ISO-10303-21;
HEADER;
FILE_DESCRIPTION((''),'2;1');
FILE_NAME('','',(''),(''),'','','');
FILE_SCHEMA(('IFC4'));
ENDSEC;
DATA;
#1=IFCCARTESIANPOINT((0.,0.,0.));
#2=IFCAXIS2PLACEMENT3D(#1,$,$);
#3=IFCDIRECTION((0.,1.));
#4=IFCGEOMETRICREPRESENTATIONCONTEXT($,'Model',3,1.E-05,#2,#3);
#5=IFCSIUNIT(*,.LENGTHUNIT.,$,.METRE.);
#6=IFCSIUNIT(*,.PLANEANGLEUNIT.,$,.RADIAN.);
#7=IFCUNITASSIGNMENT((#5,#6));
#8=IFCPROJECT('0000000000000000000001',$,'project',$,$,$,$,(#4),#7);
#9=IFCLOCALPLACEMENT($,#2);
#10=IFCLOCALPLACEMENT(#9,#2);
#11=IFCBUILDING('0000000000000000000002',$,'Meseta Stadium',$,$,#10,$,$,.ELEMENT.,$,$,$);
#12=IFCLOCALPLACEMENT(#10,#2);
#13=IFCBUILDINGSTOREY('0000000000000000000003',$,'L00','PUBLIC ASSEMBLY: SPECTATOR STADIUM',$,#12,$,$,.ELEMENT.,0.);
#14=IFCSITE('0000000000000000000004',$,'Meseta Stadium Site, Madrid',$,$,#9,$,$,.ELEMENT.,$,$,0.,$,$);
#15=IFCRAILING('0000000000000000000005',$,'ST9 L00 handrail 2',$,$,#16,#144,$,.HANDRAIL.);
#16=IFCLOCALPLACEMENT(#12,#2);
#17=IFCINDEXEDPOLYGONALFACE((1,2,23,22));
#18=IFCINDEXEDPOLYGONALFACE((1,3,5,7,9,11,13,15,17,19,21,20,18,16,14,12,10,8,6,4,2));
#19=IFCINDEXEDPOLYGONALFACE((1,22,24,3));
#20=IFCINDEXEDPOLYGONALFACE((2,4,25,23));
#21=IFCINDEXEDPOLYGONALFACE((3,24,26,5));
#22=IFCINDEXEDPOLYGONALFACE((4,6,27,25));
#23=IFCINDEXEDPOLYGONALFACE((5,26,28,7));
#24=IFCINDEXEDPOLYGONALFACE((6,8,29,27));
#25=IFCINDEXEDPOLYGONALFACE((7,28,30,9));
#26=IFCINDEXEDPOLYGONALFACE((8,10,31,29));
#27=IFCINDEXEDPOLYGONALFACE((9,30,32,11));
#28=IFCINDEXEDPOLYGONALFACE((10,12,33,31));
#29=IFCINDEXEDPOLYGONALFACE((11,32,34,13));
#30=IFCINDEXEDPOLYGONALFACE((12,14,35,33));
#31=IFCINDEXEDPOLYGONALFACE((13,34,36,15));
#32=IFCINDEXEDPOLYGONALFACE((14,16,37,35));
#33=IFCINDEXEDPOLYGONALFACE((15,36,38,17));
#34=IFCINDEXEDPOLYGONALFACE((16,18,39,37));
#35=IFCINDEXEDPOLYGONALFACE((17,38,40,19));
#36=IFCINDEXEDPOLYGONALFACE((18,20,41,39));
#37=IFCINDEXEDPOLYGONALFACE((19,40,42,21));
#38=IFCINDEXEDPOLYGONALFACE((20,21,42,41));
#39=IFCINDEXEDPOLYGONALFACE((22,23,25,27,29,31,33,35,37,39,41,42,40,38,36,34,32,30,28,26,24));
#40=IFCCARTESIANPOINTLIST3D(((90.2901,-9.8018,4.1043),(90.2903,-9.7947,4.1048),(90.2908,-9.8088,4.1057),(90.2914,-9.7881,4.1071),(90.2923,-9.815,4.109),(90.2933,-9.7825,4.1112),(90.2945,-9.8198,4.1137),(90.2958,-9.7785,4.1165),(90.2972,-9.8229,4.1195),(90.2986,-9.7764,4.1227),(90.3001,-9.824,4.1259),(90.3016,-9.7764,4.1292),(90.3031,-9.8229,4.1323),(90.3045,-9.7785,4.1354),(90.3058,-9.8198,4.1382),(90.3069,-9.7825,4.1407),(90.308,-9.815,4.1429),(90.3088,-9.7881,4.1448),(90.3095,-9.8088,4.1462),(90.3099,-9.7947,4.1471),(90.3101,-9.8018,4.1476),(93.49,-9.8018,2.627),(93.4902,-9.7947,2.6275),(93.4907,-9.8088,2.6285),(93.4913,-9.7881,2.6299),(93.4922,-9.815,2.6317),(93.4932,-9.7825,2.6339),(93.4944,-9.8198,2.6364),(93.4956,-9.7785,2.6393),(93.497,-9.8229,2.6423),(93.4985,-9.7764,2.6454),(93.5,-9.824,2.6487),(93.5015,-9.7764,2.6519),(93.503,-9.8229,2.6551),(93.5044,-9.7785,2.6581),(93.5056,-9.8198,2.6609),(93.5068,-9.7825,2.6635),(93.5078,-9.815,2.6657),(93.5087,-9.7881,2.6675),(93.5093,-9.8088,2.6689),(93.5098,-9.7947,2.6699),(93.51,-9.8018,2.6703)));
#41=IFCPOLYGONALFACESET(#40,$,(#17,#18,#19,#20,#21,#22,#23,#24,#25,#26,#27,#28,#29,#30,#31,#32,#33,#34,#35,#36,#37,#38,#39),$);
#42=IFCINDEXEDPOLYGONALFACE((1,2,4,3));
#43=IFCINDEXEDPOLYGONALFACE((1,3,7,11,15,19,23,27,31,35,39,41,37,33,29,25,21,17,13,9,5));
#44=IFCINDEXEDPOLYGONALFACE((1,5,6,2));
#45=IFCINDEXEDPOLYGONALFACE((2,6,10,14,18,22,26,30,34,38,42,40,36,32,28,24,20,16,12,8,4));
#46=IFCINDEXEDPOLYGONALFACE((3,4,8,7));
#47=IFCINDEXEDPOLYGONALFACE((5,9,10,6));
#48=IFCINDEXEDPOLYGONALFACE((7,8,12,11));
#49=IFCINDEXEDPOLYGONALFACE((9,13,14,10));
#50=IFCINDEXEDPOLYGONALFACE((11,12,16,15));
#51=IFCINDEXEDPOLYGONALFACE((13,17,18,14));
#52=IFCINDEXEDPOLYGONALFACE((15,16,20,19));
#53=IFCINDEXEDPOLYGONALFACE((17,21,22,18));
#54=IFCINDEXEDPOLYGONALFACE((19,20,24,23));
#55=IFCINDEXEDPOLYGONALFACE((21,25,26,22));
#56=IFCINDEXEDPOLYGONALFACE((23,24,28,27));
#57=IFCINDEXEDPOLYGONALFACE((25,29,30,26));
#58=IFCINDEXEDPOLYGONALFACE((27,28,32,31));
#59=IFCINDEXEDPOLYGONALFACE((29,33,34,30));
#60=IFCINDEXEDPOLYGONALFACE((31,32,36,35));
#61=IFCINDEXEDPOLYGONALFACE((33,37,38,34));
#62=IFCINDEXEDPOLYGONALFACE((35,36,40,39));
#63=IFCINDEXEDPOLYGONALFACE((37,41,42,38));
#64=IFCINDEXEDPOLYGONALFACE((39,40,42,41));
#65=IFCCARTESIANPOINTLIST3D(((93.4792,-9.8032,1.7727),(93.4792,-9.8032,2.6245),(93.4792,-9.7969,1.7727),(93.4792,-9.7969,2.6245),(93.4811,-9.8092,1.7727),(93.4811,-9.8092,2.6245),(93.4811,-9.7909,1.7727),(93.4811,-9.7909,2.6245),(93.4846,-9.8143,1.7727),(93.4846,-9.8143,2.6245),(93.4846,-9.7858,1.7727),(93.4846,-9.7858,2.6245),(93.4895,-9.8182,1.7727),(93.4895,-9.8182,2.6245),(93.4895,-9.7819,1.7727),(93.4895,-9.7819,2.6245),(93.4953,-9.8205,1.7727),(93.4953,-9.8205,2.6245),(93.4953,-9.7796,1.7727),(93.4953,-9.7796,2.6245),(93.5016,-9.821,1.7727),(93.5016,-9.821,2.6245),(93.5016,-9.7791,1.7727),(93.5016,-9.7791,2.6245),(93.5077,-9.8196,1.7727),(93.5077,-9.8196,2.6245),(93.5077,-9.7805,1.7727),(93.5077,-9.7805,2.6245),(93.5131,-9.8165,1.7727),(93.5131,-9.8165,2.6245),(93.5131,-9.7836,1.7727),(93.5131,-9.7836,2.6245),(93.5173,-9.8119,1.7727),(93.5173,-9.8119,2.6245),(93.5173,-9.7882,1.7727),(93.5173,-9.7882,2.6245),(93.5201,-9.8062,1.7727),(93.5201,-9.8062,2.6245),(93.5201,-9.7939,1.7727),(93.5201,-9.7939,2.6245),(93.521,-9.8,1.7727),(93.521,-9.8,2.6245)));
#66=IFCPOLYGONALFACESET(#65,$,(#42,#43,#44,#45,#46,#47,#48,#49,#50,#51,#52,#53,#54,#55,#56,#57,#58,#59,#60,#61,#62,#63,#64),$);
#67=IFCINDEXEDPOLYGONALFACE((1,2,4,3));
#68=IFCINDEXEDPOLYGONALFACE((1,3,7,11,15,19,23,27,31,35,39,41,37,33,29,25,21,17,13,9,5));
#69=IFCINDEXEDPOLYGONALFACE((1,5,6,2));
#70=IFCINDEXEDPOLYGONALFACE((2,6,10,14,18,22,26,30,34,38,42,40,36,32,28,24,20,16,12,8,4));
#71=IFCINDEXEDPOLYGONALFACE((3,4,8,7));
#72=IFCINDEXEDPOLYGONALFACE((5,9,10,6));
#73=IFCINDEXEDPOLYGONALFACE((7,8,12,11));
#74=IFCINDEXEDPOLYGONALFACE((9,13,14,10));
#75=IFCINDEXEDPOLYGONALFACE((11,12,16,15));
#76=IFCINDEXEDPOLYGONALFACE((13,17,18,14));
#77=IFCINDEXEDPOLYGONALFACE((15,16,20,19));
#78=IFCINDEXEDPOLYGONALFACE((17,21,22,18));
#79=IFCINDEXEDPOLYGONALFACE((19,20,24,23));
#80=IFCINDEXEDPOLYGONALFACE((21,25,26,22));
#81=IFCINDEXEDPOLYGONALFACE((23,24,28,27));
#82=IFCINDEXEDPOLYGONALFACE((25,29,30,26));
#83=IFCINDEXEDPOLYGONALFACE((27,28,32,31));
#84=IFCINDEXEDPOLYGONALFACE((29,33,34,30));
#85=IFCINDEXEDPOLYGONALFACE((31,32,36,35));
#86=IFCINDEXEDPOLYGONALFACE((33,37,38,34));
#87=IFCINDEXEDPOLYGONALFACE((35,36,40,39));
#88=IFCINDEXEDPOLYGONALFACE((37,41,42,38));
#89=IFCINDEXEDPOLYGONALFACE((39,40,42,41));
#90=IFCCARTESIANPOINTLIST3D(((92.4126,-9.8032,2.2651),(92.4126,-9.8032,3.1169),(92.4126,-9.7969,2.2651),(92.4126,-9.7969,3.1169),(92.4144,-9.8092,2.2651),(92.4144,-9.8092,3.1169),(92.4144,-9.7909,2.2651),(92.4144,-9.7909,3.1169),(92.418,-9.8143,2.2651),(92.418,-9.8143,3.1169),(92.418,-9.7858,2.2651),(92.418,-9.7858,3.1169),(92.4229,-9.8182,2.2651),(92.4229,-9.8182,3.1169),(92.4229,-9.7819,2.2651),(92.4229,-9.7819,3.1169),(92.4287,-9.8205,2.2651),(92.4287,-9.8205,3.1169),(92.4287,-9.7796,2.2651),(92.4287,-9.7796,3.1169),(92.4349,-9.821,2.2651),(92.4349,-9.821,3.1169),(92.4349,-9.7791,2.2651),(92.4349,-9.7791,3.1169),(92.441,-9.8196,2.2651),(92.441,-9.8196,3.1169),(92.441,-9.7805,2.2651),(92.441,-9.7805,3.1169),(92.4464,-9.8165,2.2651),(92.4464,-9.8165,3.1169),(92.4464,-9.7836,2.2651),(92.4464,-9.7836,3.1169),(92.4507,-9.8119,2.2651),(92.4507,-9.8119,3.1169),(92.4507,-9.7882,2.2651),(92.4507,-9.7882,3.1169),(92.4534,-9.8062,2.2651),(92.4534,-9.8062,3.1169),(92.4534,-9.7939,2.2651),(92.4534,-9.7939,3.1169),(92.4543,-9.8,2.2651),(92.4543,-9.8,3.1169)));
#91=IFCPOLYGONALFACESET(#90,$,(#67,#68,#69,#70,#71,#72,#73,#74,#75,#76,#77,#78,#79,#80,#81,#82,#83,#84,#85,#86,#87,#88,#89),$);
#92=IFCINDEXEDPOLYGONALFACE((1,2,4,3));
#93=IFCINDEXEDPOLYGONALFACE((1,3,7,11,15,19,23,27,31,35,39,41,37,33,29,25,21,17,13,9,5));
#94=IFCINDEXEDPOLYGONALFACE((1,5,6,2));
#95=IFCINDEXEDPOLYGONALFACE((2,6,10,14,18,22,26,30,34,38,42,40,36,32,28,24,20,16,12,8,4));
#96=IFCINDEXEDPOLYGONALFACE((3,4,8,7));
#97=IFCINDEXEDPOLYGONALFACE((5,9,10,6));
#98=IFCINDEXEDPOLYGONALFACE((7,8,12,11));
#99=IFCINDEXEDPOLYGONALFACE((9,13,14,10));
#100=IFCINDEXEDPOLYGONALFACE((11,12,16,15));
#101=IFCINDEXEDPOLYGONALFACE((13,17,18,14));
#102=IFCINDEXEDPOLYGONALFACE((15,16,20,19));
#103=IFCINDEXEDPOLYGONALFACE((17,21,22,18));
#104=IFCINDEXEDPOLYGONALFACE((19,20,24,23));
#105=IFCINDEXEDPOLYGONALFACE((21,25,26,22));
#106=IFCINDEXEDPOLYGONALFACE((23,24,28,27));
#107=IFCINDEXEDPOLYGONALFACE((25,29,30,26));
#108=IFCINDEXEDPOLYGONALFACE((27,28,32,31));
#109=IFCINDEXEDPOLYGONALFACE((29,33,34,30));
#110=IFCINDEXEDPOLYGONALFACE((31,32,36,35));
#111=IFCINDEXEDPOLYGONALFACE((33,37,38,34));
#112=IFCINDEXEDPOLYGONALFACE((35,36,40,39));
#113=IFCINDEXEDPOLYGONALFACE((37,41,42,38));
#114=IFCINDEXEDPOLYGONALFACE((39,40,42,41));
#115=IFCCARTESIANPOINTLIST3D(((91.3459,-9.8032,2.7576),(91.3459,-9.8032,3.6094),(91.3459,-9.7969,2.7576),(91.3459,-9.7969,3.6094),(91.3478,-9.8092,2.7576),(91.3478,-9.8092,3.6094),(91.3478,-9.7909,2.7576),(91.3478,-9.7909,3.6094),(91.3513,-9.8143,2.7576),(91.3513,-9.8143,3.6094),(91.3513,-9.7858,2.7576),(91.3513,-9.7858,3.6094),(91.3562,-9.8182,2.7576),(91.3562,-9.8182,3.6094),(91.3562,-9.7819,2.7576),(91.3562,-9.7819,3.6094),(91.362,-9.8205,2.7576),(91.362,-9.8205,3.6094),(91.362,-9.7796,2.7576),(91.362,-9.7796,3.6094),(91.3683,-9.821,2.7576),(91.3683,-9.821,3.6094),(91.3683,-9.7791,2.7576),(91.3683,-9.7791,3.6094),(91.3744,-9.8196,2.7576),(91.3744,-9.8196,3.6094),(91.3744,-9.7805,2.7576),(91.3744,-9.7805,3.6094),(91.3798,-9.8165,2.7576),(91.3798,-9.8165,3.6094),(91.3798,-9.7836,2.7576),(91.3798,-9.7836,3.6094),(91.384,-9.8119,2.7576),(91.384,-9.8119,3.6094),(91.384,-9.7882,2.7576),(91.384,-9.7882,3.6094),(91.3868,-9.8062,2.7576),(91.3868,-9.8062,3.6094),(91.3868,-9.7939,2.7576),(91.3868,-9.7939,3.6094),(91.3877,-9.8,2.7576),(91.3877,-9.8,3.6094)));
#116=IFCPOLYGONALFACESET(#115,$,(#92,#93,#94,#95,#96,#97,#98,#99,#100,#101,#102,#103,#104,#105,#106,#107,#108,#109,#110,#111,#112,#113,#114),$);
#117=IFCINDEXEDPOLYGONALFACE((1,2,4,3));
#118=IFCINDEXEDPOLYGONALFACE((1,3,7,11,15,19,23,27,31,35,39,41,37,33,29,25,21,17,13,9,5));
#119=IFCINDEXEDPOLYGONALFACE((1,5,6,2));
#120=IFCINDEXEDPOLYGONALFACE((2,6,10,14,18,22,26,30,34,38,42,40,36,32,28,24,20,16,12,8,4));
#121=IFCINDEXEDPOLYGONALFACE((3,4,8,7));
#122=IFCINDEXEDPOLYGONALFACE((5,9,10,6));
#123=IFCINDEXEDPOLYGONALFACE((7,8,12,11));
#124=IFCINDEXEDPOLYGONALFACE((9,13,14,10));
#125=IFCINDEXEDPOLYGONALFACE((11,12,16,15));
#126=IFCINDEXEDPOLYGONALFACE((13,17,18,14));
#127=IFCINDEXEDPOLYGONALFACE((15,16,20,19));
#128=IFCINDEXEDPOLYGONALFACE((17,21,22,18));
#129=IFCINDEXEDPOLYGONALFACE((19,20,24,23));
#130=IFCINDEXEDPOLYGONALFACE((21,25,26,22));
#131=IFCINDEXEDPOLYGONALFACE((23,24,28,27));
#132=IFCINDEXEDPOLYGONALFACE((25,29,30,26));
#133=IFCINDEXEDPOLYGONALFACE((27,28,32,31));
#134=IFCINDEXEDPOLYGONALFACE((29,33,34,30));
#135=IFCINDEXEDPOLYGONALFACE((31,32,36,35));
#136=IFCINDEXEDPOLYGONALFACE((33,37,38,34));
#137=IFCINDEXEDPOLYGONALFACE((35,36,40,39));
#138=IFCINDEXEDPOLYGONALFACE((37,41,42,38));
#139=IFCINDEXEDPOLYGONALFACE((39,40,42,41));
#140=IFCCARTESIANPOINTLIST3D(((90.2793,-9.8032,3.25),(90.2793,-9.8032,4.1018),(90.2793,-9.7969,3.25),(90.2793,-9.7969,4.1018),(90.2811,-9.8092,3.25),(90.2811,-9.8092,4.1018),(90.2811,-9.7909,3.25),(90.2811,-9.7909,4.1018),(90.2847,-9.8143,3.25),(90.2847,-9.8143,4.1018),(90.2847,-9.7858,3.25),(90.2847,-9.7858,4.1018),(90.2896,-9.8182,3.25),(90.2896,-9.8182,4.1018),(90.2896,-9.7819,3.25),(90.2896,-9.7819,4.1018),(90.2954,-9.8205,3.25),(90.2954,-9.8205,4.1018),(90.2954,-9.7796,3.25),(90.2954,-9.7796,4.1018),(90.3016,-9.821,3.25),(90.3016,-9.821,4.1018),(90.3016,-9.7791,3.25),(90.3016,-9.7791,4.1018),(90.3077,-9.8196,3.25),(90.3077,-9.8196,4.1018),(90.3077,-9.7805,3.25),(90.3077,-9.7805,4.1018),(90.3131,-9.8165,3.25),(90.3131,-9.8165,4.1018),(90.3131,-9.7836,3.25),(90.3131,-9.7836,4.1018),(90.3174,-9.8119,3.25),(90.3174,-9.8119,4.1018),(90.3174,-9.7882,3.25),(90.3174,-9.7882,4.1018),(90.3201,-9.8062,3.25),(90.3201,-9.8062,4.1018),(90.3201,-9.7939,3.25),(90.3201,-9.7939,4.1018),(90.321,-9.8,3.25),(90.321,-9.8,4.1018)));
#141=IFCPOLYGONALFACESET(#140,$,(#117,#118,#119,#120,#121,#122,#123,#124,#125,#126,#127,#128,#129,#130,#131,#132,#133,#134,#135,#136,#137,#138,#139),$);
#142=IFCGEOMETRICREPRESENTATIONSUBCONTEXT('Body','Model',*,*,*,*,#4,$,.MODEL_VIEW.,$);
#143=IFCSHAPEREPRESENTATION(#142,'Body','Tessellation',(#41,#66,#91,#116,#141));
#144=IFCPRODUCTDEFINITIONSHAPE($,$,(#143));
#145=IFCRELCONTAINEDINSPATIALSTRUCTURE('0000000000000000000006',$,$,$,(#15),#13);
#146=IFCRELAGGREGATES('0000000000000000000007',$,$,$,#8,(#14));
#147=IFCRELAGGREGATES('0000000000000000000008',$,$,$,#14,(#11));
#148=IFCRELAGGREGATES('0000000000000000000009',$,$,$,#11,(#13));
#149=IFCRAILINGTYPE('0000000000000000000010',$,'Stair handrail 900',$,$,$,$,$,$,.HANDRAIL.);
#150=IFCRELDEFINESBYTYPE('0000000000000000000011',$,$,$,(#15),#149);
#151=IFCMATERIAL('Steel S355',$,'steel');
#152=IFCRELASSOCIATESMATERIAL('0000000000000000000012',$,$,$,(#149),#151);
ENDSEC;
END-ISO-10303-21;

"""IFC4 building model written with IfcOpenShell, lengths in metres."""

from ifc_helpers import new_model, si_unit, direction, frame, origin, origin_2d, place, context, subcontext, project, spatial, circle, extrude, material, type_object, element, save


model = new_model("IFC4")

# Units and contexts
model_context = context("Model", 3, precision=1e-05, world=origin(), true_north=direction((0.0, 1.0)))
body_context = subcontext(model_context, "Body", "Model", "MODEL_VIEW")
ifc_project = project(units=[si_unit("LENGTHUNIT", "METRE"), si_unit("PLANEANGLEUNIT", "RADIAN")], contexts=[model_context])

# Site, building, storey
site_placement = place(None, origin())
site = spatial("IfcSite", under=ifc_project, at=site_placement, Name="Meseta Stadium Site, Madrid", CompositionType="ELEMENT", RefElevation=0.0)
building_placement = place(site_placement, origin())
building = spatial("IfcBuilding", under=site, at=building_placement, Name="Meseta Stadium", CompositionType="ELEMENT")
storey_placement = place(building_placement, origin())
storey = spatial("IfcBuildingStorey", under=building, at=storey_placement, Name="L00", Description="PUBLIC ASSEMBLY: SPECTATOR STADIUM", CompositionType="ELEMENT", Elevation=0.0)

# Railing
ifc_material_1 = material(Name="Steel S355", Category="steel")
railing_type_1 = type_object("IfcRailingType", Name="Stair handrail 900", PredefinedType="HANDRAIL", material=ifc_material_1)
for number, where, name in (
    (1, (93.5, -9.8, 1.7727), "ST9 L00 handrail 2"),
):
    element("IfcRailing", number, at=place(storey_placement, frame(where)), inside=storey, type_object=railing_type_1, Name=name, PredefinedType="HANDRAIL", context=body_context, shape_type="SweptSolid", body=[
        extrude(circle(Radius=0.0239, at=origin_2d()), frame((0.0, 0.0, 0.876), z_axis=(-0.907917, 0.0, 0.41915), x_axis=(0.0, -1.0, 0.0)), (0.0, 0.0, 1.0), 3.5244),
        extrude(circle(Radius=0.021, at=origin_2d()), origin(), (0.0, 0.0, 1.0), 0.8518),
        extrude(circle(Radius=0.021, at=origin_2d()), frame((-1.0667, 0.0, 0.4924)), (0.0, 0.0, 1.0), 0.8518),
        extrude(circle(Radius=0.021, at=origin_2d()), frame((-2.1333, 0.0, 0.9849)), (0.0, 0.0, 1.0), 0.8518),
        extrude(circle(Radius=0.021, at=origin_2d()), frame((-3.2, 0.0, 1.4773)), (0.0, 0.0, 1.0), 0.8518),
    ])

save(model, "model.ifc")
